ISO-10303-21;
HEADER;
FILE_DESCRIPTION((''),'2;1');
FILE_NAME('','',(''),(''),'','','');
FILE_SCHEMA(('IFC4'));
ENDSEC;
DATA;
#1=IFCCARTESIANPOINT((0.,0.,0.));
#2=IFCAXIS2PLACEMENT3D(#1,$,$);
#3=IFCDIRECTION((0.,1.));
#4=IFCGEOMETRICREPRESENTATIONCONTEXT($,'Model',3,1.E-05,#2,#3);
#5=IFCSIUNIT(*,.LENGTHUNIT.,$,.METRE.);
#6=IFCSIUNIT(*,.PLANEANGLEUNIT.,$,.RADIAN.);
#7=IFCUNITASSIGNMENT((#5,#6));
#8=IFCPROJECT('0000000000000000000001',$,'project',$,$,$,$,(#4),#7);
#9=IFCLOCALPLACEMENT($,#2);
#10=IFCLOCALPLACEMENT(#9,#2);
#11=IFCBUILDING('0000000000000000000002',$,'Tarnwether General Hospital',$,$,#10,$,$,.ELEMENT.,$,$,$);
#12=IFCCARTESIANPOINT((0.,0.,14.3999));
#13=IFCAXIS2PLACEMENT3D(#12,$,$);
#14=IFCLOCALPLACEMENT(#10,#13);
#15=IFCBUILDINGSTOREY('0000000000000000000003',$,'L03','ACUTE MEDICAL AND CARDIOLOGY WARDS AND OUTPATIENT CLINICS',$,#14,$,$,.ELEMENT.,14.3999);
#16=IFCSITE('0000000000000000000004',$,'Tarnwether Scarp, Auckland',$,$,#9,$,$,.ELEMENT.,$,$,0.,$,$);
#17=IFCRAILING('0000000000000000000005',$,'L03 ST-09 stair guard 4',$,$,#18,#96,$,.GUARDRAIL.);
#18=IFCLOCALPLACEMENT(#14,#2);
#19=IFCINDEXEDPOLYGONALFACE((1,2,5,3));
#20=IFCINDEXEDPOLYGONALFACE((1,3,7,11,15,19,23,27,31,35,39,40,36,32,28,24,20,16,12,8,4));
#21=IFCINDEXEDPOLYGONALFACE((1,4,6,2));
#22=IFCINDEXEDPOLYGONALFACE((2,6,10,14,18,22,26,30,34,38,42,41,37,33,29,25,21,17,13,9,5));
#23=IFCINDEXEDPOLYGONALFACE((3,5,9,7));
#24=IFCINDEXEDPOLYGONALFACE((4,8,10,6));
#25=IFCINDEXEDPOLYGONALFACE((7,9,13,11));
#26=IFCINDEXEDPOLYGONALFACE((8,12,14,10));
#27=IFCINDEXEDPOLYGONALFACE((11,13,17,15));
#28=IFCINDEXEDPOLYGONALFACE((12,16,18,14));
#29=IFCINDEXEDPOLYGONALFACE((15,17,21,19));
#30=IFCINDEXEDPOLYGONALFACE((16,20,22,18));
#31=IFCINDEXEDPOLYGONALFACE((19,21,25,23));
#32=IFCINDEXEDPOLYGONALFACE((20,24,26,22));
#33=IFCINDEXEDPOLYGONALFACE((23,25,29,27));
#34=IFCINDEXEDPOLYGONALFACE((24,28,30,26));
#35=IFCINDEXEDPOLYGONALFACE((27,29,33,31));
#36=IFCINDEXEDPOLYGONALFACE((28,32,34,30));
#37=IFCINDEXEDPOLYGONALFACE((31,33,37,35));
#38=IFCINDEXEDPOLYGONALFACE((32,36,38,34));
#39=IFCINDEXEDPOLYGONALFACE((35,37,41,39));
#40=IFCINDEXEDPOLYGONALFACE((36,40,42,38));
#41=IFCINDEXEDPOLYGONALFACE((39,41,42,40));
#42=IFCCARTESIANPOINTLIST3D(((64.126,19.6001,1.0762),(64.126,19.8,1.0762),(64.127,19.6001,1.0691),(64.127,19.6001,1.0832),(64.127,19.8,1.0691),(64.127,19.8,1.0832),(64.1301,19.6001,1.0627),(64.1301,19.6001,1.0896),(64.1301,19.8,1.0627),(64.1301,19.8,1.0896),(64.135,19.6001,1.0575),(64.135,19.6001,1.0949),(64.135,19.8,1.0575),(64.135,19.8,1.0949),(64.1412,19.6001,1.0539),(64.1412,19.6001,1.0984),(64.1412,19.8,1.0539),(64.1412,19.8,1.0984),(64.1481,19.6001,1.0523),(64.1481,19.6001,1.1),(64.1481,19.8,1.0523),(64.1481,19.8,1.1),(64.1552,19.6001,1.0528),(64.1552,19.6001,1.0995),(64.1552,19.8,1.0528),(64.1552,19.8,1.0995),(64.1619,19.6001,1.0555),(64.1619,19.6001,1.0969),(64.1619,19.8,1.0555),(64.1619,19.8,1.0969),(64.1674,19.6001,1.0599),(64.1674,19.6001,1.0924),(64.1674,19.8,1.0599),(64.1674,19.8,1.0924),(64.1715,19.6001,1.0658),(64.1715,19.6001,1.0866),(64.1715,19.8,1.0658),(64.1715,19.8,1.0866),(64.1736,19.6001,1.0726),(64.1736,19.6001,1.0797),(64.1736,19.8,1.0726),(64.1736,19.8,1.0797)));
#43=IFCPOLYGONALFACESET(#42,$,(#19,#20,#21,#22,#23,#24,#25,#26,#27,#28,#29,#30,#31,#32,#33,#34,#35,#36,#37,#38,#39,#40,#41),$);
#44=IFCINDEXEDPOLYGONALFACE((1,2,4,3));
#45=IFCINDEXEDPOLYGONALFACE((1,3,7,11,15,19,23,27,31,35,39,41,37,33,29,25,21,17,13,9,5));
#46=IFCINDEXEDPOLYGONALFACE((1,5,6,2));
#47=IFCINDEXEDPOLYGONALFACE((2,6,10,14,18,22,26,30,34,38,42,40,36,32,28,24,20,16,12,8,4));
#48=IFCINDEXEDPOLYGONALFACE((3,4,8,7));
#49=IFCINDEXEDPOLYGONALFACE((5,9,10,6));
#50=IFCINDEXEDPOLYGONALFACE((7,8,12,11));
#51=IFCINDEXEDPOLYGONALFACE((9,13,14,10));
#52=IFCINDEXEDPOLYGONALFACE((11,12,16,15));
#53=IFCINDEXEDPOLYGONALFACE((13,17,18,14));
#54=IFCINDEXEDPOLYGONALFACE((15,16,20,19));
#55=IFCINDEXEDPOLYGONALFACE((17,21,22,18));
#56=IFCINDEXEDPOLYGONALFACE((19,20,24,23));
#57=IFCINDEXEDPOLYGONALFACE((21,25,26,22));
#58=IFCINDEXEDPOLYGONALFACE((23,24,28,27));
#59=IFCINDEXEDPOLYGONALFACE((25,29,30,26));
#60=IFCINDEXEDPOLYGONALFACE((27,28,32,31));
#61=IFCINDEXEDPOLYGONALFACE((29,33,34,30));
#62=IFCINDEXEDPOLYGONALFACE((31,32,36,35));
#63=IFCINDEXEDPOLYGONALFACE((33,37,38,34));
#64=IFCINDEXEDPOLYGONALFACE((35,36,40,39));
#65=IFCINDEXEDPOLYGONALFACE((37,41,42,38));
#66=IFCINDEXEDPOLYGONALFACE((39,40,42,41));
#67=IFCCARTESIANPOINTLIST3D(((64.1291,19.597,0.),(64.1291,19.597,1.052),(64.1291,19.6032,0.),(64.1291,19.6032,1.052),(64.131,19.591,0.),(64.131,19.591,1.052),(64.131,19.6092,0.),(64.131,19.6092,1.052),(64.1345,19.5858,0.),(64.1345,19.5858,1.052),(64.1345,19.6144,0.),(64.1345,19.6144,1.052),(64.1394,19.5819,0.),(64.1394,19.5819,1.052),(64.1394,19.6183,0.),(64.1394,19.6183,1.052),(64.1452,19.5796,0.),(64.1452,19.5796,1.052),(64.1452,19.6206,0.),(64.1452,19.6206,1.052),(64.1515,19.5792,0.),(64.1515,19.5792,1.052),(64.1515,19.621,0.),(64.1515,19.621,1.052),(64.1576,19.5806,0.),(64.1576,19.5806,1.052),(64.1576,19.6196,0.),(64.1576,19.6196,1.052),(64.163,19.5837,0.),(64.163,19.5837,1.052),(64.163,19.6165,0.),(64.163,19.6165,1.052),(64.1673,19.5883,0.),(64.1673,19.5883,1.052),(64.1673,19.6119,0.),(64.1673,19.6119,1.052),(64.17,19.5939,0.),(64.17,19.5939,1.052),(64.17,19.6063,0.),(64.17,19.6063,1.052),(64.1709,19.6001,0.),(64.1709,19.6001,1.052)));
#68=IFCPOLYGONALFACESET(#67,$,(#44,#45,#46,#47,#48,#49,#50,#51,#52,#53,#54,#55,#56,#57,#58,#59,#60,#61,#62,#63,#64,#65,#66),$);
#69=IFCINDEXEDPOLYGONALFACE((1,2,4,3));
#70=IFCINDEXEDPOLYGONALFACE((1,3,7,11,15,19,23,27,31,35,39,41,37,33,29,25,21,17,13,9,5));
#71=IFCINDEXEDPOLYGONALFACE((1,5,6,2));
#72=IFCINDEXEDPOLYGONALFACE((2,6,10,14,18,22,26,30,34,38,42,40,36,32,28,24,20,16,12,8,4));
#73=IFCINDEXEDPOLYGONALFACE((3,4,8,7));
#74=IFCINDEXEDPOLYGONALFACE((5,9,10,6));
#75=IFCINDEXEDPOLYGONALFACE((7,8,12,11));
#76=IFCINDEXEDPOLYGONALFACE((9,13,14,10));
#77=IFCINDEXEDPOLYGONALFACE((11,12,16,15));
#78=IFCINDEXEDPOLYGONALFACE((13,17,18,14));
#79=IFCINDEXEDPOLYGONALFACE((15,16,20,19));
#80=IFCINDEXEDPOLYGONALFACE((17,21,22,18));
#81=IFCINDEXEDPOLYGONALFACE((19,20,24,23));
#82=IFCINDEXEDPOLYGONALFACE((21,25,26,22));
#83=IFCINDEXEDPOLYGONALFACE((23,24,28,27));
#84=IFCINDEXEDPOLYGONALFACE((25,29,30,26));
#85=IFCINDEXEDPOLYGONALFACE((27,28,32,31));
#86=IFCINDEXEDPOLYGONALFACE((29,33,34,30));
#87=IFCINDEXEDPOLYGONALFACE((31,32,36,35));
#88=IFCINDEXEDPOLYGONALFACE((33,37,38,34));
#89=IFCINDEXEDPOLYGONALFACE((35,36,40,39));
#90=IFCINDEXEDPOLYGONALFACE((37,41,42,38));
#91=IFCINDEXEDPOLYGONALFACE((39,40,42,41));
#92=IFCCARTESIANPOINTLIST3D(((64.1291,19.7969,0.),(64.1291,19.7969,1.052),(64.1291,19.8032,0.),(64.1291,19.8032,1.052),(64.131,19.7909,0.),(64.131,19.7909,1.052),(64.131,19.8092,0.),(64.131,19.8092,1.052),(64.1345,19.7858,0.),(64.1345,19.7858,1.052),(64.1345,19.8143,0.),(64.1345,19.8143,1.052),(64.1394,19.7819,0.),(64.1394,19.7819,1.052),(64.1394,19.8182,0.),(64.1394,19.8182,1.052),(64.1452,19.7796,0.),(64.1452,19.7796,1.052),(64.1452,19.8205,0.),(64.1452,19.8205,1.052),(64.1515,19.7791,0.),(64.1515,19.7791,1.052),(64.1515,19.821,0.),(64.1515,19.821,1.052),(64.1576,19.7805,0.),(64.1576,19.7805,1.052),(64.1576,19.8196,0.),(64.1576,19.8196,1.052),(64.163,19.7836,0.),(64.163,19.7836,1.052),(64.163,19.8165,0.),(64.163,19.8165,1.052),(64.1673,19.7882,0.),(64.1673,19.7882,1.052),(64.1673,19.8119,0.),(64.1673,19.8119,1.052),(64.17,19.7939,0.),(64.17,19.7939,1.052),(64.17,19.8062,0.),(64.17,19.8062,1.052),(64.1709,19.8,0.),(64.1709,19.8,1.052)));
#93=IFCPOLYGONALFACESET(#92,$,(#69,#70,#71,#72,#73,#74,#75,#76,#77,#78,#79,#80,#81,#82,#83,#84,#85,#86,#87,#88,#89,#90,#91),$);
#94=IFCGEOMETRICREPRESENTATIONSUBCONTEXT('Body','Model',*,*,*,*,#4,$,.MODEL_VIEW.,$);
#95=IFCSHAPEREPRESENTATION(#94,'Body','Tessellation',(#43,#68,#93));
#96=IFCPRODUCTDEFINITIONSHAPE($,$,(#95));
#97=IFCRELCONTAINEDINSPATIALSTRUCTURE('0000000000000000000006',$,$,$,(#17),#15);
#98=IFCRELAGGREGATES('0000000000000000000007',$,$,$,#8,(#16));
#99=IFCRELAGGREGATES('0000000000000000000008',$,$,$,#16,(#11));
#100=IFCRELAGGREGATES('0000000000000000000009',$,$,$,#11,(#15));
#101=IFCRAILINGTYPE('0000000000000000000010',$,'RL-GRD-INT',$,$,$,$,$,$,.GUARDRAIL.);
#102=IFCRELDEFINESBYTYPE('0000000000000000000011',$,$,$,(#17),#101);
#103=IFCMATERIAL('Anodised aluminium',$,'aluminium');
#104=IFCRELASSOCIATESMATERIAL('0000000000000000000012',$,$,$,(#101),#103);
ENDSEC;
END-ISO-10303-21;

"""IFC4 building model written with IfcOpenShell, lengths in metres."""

from ifc_helpers import new_model, si_unit, direction, frame, origin, origin_2d, place, context, subcontext, project, spatial, circle, extrude, material, type_object, element, save


model = new_model("IFC4")

# Units and contexts
model_context = context("Model", 3, precision=1e-05, world=origin(), true_north=direction((0.0, 1.0)))
body_context = subcontext(model_context, "Body", "Model", "MODEL_VIEW")
ifc_project = project(units=[si_unit("LENGTHUNIT", "METRE"), si_unit("PLANEANGLEUNIT", "RADIAN")], contexts=[model_context])

# Site, building, storey
site_placement = place(None, origin())
site = spatial("IfcSite", under=ifc_project, at=site_placement, Name="Tarnwether Scarp, Auckland", CompositionType="ELEMENT", RefElevation=0.0)
building_placement = place(site_placement, origin())
building = spatial("IfcBuilding", under=site, at=building_placement, Name="Tarnwether General Hospital", CompositionType="ELEMENT")
storey_placement = place(building_placement, frame((0.0, 0.0, 14.3999)))
storey = spatial("IfcBuildingStorey", under=building, at=storey_placement, Name="L03", Description="ACUTE MEDICAL AND CARDIOLOGY WARDS AND OUTPATIENT CLINICS", CompositionType="ELEMENT", Elevation=14.3999)

# Railing
ifc_material_1 = material(Name="Anodised aluminium", Category="aluminium")
railing_type = type_object("IfcRailingType", Name="RL-GRD-INT", PredefinedType="GUARDRAIL", material=ifc_material_1)
railing_placement = place(storey_placement, frame((64.1499, 19.6001, 0.0)))
element("IfcRailing", 1, at=railing_placement, inside=storey, type_object=railing_type, Name="L03 ST-09 stair guard 4", PredefinedType="GUARDRAIL", context=body_context, shape_type="SweptSolid", body=[
    extrude(circle(Radius=0.0239, at=origin_2d()), frame((0.0, 0.0, 1.0762), z_axis=(0.0, 1.0, 0.0), x_axis=(-1.0, 0.0, 0.0)), (0.0, 0.0, 1.0), 0.2),
    extrude(circle(Radius=0.021, at=origin_2d()), origin(), (0.0, 0.0, 1.0), 1.052),
    extrude(circle(Radius=0.021, at=origin_2d()), frame((0.0, 0.2, 0.0)), (0.0, 0.0, 1.0), 1.052),
])

save(model, "model.ifc")
